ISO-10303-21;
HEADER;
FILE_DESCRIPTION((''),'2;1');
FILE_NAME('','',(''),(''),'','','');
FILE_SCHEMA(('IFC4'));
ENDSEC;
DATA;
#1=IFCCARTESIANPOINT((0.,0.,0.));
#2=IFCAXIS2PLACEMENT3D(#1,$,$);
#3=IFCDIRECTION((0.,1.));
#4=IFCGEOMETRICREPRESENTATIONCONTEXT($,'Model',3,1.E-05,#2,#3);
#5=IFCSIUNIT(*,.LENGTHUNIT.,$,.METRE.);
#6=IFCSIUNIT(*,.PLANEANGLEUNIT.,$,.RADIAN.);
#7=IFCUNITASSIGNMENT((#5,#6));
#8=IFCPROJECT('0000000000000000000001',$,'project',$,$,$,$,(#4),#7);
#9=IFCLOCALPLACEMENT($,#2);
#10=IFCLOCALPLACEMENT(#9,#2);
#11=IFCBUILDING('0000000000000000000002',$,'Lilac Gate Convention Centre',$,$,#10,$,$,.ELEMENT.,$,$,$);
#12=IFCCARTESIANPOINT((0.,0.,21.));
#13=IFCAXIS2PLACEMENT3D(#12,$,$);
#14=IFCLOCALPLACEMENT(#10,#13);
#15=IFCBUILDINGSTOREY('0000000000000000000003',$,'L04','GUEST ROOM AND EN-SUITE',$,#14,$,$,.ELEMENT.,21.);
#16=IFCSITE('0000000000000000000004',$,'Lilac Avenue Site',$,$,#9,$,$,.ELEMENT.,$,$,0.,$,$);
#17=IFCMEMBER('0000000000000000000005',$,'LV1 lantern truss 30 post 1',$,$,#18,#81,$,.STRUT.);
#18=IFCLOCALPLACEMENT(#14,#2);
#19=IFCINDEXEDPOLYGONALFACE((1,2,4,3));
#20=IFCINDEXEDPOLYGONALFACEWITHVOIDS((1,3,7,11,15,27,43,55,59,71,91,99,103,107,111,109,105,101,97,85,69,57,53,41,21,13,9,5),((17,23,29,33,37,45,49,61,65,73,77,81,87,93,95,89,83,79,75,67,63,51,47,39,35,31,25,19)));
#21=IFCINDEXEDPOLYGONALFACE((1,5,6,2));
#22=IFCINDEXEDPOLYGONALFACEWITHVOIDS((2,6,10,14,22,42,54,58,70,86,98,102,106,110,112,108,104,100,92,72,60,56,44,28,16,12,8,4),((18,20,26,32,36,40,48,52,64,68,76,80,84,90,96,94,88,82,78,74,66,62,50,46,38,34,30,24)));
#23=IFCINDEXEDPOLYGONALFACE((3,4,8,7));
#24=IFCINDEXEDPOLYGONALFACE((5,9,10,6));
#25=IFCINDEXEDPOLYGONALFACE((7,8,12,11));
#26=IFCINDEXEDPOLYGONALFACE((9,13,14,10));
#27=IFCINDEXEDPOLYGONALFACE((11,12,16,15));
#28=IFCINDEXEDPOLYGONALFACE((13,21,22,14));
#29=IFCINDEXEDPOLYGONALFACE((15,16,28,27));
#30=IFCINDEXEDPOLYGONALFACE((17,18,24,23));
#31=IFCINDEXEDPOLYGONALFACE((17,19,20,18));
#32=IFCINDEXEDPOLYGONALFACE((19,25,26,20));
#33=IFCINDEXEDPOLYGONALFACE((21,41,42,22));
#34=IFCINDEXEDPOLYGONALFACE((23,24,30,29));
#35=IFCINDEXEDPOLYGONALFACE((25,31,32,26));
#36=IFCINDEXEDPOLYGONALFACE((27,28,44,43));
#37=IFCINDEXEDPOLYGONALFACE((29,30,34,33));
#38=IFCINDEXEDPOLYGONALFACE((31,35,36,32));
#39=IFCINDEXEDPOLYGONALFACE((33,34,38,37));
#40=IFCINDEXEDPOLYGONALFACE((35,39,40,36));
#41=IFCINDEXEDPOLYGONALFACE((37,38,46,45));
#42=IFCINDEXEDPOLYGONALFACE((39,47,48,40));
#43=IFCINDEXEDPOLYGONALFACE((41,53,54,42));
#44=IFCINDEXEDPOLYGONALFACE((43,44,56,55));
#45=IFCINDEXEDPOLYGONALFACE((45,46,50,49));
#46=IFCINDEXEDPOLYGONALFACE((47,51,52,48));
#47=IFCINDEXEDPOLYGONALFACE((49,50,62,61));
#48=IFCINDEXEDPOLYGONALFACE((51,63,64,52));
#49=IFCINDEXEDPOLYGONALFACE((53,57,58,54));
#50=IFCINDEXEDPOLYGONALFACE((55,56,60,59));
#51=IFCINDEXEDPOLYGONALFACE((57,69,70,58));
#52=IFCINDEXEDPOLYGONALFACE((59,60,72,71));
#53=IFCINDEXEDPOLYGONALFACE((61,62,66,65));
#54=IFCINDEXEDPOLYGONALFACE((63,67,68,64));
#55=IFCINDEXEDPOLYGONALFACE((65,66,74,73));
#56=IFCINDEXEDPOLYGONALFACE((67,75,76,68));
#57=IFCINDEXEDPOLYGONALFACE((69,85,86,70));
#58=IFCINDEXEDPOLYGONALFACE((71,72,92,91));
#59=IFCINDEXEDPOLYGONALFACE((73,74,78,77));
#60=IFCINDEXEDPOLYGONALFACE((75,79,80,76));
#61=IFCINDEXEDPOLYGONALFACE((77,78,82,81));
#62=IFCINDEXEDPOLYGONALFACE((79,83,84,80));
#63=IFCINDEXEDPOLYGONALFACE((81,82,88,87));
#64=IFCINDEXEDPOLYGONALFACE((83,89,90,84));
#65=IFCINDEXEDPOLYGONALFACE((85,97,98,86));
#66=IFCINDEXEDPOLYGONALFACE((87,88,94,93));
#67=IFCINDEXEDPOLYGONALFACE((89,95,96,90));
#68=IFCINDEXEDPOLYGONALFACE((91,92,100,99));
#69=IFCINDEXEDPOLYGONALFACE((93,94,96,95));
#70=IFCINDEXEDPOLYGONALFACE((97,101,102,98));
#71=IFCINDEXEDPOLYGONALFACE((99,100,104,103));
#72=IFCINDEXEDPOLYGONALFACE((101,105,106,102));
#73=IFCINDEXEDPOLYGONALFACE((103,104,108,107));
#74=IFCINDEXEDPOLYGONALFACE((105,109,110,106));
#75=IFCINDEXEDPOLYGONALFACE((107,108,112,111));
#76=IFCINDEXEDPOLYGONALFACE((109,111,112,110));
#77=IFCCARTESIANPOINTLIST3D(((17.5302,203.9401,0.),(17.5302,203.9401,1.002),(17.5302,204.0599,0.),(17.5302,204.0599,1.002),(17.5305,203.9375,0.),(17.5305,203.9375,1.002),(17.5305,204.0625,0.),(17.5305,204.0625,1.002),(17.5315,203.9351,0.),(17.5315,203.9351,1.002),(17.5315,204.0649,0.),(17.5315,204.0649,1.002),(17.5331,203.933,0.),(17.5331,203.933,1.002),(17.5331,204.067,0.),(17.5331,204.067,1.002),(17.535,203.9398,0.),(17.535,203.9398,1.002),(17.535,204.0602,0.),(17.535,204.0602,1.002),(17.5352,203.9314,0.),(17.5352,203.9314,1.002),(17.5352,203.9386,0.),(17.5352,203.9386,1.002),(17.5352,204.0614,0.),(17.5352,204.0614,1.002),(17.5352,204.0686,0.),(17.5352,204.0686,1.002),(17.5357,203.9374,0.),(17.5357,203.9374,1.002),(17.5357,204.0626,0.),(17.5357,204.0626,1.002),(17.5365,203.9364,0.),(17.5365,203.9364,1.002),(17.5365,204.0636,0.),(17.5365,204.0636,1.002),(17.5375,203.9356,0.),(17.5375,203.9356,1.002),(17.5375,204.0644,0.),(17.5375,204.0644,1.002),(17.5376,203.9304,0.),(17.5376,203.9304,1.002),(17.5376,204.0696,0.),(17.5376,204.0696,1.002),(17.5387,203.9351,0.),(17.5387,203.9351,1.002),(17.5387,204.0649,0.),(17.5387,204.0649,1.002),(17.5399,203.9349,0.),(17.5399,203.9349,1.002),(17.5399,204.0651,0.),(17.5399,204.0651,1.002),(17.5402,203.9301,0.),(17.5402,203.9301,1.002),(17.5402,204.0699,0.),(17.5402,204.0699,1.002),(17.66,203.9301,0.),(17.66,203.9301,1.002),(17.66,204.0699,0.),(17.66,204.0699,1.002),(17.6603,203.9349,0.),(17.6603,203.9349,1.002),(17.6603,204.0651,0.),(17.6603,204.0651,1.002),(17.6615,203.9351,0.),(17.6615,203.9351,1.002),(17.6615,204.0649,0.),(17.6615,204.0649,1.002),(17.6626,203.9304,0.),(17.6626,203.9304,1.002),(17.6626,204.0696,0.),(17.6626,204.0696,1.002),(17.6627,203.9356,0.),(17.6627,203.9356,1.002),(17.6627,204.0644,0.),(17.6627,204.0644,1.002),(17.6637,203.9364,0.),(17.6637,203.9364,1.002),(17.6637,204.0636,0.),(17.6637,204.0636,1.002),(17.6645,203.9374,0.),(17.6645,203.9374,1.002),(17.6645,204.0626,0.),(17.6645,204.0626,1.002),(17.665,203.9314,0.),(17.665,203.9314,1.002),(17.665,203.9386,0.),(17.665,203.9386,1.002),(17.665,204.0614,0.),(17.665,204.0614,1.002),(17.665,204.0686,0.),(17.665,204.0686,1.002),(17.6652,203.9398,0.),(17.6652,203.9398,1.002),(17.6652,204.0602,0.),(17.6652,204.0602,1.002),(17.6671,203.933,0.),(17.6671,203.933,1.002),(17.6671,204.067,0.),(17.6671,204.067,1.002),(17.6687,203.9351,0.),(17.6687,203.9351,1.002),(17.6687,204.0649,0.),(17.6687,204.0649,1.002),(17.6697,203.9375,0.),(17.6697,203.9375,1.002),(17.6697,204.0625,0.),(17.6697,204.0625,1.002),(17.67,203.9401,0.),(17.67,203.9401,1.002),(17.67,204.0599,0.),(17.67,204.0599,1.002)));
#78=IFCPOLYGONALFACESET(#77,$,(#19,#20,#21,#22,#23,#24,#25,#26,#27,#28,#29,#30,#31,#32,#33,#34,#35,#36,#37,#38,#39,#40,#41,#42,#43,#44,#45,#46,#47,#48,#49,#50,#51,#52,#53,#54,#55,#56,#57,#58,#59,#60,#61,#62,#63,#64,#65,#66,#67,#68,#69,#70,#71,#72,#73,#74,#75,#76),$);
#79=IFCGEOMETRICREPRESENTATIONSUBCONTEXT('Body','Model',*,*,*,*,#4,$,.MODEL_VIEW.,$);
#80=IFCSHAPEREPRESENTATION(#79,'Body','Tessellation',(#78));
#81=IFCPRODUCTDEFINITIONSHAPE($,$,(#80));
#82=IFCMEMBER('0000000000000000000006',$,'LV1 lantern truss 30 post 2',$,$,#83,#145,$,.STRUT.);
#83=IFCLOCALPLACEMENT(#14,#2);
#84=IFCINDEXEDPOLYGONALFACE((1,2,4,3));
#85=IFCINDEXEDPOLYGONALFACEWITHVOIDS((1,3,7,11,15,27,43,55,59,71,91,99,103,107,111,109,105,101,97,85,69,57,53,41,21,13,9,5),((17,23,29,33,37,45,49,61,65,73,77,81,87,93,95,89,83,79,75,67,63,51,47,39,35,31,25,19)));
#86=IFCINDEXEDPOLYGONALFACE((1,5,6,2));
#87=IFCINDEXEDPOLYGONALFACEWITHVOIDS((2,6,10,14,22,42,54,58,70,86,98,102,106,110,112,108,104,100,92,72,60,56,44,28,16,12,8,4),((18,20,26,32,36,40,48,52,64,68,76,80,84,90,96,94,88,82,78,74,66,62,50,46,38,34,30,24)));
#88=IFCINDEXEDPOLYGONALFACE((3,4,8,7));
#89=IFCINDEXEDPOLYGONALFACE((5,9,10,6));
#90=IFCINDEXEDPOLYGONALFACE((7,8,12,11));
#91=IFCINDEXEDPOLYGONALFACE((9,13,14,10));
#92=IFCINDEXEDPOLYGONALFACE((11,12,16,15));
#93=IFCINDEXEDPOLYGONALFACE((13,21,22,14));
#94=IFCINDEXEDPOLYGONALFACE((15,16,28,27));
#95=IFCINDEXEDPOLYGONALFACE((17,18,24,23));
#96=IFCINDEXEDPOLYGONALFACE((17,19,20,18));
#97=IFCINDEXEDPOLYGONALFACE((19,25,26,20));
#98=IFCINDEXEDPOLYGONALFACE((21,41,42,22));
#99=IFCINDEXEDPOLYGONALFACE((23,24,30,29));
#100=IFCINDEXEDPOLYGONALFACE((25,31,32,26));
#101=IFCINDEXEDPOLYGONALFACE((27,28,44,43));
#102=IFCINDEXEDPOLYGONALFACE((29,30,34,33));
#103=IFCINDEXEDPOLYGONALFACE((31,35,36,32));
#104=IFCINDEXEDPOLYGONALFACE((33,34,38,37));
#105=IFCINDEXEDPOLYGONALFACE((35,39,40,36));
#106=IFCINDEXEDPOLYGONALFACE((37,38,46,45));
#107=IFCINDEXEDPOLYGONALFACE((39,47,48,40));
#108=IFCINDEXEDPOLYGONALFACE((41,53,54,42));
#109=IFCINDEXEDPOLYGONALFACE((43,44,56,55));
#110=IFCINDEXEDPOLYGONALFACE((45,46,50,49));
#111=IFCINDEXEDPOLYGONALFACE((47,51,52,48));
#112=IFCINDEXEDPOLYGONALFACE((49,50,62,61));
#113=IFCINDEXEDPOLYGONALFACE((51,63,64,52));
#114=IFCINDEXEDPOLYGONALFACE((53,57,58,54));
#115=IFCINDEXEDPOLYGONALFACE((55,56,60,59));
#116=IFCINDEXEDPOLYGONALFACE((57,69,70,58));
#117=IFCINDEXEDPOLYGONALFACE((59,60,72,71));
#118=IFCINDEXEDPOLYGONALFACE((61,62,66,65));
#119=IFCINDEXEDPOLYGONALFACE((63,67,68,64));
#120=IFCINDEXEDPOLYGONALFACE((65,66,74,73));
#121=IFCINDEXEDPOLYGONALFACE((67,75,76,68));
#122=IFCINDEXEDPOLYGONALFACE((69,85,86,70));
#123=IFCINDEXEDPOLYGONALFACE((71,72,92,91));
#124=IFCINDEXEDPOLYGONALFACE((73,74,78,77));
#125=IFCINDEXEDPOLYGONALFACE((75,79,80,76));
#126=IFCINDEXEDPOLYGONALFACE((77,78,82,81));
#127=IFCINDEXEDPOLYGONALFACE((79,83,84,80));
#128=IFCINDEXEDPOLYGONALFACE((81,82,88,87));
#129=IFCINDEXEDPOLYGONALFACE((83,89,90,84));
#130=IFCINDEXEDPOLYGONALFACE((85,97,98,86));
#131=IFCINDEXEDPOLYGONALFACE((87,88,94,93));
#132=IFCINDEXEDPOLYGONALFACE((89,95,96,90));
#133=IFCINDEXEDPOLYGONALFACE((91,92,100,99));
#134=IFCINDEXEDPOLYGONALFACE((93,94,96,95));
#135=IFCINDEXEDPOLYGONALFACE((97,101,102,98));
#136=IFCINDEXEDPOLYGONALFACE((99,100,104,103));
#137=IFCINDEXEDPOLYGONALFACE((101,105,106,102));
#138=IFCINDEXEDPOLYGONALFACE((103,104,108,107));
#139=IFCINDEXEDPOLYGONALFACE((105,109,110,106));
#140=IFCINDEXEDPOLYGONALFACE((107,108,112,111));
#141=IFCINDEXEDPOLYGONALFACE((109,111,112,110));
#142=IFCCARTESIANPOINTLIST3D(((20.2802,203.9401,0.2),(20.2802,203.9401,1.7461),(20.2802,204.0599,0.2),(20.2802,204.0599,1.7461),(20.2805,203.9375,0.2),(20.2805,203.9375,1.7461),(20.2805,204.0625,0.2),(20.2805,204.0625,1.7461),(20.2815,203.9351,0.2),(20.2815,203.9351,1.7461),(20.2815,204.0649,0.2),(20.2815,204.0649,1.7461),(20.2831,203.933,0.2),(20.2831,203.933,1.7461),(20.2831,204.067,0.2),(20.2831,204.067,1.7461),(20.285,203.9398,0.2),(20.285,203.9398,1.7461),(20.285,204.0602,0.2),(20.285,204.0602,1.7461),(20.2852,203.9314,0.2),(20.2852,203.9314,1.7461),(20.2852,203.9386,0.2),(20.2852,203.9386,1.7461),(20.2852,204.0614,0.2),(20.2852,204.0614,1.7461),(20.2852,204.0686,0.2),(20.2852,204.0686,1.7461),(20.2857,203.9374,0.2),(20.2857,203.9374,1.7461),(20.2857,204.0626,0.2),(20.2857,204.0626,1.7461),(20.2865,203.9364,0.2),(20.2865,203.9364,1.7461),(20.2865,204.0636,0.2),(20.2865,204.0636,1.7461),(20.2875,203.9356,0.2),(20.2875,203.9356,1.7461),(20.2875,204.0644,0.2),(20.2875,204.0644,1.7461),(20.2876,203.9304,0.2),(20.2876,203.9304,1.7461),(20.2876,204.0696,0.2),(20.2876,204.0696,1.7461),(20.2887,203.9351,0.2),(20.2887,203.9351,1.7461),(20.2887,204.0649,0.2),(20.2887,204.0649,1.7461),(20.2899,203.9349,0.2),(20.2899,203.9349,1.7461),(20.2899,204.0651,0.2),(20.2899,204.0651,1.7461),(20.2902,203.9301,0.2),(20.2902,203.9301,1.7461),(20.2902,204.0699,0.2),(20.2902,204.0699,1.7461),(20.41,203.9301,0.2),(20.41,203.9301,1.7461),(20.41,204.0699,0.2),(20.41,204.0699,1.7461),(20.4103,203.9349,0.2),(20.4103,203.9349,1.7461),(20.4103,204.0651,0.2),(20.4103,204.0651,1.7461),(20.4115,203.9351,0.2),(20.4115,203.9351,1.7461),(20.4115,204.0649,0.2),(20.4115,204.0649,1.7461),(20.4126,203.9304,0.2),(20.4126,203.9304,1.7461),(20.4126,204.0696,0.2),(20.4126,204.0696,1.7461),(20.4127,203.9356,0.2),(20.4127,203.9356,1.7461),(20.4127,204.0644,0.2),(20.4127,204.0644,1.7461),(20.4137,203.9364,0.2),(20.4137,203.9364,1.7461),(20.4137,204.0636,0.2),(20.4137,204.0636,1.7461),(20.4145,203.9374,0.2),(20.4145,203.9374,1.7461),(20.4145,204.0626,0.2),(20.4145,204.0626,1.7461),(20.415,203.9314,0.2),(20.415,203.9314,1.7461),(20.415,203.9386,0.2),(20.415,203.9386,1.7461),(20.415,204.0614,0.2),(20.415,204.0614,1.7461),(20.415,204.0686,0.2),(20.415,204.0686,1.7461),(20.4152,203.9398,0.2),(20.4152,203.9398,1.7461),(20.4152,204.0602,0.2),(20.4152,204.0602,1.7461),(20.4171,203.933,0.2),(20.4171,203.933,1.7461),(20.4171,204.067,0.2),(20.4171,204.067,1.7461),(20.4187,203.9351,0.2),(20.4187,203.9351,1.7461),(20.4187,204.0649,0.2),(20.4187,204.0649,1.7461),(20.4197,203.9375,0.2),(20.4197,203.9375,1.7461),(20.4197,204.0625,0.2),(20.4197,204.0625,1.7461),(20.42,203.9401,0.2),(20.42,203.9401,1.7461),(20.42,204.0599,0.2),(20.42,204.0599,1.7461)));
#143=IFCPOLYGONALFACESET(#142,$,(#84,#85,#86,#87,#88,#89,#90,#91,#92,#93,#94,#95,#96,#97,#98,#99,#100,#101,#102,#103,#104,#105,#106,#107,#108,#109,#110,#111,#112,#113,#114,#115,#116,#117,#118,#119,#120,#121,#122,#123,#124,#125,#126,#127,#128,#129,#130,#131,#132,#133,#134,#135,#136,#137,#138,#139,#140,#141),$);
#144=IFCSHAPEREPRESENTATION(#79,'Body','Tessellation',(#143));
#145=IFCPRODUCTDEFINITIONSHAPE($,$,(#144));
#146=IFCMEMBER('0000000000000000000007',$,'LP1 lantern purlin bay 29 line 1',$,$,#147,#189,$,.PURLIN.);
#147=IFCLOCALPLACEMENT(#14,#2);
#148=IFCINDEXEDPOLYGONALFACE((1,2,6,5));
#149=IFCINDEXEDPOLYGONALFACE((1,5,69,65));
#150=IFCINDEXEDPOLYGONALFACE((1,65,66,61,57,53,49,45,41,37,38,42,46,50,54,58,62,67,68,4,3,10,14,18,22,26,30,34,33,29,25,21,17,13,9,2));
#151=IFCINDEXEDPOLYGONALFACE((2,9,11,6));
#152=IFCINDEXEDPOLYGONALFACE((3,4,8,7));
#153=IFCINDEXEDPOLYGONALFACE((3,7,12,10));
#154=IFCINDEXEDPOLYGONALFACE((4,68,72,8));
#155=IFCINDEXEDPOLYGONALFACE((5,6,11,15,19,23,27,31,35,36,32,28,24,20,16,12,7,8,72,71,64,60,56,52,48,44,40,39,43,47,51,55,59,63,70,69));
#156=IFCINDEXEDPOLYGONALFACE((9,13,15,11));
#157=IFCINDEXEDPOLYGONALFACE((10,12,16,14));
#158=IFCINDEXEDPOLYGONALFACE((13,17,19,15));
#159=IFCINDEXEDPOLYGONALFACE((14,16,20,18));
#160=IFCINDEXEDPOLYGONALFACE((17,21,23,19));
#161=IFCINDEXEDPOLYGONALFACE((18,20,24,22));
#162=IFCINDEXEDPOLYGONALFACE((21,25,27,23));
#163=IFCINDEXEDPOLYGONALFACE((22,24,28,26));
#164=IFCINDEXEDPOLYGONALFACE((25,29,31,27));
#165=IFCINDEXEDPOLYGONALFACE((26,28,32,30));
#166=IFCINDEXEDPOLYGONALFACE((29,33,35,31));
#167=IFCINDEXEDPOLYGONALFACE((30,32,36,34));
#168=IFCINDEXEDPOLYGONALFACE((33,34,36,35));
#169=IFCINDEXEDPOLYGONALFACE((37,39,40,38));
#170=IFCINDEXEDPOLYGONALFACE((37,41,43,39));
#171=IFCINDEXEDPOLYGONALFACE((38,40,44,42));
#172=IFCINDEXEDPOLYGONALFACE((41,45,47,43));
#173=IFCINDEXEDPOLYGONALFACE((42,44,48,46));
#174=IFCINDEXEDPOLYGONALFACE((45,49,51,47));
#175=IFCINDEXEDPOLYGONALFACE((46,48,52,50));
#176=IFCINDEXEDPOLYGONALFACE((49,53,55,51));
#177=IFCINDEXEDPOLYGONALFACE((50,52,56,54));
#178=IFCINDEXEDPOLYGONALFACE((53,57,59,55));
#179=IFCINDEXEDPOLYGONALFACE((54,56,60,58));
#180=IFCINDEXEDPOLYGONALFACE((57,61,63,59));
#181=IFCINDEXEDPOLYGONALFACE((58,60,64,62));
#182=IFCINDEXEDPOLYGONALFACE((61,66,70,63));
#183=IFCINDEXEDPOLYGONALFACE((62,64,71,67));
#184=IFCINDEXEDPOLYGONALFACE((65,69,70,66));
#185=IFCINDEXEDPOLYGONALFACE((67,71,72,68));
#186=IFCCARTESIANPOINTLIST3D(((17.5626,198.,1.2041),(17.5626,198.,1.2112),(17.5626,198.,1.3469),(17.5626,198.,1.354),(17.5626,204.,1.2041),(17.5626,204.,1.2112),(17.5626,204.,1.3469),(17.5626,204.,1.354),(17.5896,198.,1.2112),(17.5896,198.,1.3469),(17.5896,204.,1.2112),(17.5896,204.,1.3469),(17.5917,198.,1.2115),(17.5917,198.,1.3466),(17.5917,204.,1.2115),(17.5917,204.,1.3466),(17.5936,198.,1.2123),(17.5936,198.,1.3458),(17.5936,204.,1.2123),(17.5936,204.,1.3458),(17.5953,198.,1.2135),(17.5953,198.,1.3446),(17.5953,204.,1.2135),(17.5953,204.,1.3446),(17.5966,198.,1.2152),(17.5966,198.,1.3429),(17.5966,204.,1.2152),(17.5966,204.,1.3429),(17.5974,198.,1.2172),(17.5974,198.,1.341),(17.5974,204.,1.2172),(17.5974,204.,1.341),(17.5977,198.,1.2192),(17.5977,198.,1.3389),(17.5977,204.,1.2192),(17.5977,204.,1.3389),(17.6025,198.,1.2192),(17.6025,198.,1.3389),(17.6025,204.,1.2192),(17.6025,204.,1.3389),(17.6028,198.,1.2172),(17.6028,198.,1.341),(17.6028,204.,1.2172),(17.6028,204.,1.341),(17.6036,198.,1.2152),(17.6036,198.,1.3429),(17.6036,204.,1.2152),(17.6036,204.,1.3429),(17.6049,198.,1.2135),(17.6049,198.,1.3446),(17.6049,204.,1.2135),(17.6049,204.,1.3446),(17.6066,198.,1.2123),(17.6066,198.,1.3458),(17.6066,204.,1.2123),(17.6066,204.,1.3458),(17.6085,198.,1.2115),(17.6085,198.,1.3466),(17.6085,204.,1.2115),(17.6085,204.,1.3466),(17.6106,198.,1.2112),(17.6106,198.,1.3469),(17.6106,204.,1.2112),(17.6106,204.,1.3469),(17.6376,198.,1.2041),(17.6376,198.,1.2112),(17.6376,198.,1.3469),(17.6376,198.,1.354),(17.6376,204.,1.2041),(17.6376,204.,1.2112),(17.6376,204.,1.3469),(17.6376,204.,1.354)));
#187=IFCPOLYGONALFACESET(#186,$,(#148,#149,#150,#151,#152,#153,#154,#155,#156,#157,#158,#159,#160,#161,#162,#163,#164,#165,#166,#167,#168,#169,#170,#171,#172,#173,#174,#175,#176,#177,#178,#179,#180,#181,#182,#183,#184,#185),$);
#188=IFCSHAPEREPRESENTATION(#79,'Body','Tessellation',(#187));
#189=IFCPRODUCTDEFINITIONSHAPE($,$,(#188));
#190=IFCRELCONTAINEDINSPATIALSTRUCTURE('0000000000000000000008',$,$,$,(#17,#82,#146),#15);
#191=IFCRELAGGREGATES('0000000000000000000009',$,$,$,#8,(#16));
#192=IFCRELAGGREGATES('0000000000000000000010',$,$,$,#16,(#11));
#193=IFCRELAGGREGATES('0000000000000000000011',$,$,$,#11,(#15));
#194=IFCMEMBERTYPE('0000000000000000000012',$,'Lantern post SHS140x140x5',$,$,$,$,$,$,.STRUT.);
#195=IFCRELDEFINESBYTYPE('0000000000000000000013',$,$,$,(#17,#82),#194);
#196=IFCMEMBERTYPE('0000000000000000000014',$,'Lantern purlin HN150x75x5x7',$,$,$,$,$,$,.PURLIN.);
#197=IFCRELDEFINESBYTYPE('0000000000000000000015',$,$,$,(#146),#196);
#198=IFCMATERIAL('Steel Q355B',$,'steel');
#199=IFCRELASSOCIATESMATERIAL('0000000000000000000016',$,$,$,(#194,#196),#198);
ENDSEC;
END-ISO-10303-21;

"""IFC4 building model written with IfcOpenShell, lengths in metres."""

from ifc_helpers import new_model, si_unit, direction, frame, origin, origin_2d, place, context, subcontext, project, spatial, hollow_rectangle, i_section, extrude, material, material_profile, profile_set, type_object, element, save


model = new_model("IFC4")

# Units and contexts
model_context = context("Model", 3, precision=1e-05, world=origin(), true_north=direction((0.0, 1.0)))
body_context = subcontext(model_context, "Body", "Model", "MODEL_VIEW")
ifc_project = project(units=[si_unit("LENGTHUNIT", "METRE"), si_unit("PLANEANGLEUNIT", "RADIAN")], contexts=[model_context])

# Site, building, storey
site_placement = place(None, origin())
site = spatial("IfcSite", under=ifc_project, at=site_placement, Name="Lilac Avenue Site", CompositionType="ELEMENT", RefElevation=0.0)
building_placement = place(site_placement, origin())
building = spatial("IfcBuilding", under=site, at=building_placement, Name="Lilac Gate Convention Centre", CompositionType="ELEMENT")
storey_placement = place(building_placement, frame((0.0, 0.0, 21.0)))
storey = spatial("IfcBuildingStorey", under=building, at=storey_placement, Name="L04", Description="GUEST ROOM AND EN-SUITE", CompositionType="ELEMENT", Elevation=21.0)

# Members
ifc_material_1 = material(Name="Steel Q355B", Category="steel")
ifc_material_profile_1 = material_profile(ifc_material_1, hollow_rectangle(XDim=0.1399, YDim=0.1399, WallThickness=0.0049, InnerFilletRadius=0.0049, OuterFilletRadius=0.01, at=origin_2d()), Name="SHS140x140x5")
ifc_profile_set_1 = profile_set([ifc_material_profile_1], Name="Steel Q355B")
member_type_1 = type_object("IfcMemberType", Name="Lantern post SHS140x140x5", PredefinedType="STRUT", material=ifc_profile_set_1)
member_1_placement = place(storey_placement, frame((17.6001, 204.0, 0.0), z_axis=(0.0, 0.0, 1.0), x_axis=(1.0, 0.0, 0.0)))
element("IfcMember", 1, at=member_1_placement, inside=storey, type_object=member_type_1, Name="LV1 lantern truss 30 post 1", PredefinedType="STRUT", context=body_context, shape_type="SweptSolid", body=[
    extrude(hollow_rectangle(XDim=0.1399, YDim=0.1399, WallThickness=0.0049, InnerFilletRadius=0.0049, OuterFilletRadius=0.01, at=origin_2d()), origin(), (0.0, 0.0, 1.0), 1.002),
])
member_2_placement = place(storey_placement, frame((20.3501, 204.0, 0.2), z_axis=(0.0, 0.0, 1.0), x_axis=(1.0, 0.0, 0.0)))
element("IfcMember", 2, at=member_2_placement, inside=storey, type_object=member_type_1, Name="LV1 lantern truss 30 post 2", PredefinedType="STRUT", context=body_context, shape_type="SweptSolid", body=[
    extrude(hollow_rectangle(XDim=0.1399, YDim=0.1399, WallThickness=0.0049, InnerFilletRadius=0.0049, OuterFilletRadius=0.01, at=origin_2d()), origin(), (0.0, 0.0, 1.0), 1.5461),
])
ifc_material_profile_2 = material_profile(ifc_material_1, i_section(OverallWidth=0.075, OverallDepth=0.1499, WebThickness=0.0049, FlangeThickness=0.0071, FilletRadius=0.0081, at=origin_2d()), Name="HN150x75x5x7")
ifc_profile_set_2 = profile_set([ifc_material_profile_2], Name="Steel Q355B")
member_type_2 = type_object("IfcMemberType", Name="Lantern purlin HN150x75x5x7", PredefinedType="PURLIN", material=ifc_profile_set_2)
for number, where, z_axis, x_axis, name in (
    (3, (17.6001, 198.0, 1.2791), (0.0, 1.0, 0.0), (-1.0, 0.0, 0.0), "LP1 lantern purlin bay 29 line 1"),
):
    element("IfcMember", number, at=place(storey_placement, frame(where, z_axis=z_axis, x_axis=x_axis)), inside=storey, type_object=member_type_2, Name=name, PredefinedType="PURLIN", context=body_context, shape_type="SweptSolid", body=[
        extrude(i_section(OverallWidth=0.075, OverallDepth=0.1499, WebThickness=0.0049, FlangeThickness=0.0071, FilletRadius=0.0081, at=origin_2d()), origin(), (0.0, 0.0, 1.0), 6.0),
    ])

save(model, "model.ifc")
